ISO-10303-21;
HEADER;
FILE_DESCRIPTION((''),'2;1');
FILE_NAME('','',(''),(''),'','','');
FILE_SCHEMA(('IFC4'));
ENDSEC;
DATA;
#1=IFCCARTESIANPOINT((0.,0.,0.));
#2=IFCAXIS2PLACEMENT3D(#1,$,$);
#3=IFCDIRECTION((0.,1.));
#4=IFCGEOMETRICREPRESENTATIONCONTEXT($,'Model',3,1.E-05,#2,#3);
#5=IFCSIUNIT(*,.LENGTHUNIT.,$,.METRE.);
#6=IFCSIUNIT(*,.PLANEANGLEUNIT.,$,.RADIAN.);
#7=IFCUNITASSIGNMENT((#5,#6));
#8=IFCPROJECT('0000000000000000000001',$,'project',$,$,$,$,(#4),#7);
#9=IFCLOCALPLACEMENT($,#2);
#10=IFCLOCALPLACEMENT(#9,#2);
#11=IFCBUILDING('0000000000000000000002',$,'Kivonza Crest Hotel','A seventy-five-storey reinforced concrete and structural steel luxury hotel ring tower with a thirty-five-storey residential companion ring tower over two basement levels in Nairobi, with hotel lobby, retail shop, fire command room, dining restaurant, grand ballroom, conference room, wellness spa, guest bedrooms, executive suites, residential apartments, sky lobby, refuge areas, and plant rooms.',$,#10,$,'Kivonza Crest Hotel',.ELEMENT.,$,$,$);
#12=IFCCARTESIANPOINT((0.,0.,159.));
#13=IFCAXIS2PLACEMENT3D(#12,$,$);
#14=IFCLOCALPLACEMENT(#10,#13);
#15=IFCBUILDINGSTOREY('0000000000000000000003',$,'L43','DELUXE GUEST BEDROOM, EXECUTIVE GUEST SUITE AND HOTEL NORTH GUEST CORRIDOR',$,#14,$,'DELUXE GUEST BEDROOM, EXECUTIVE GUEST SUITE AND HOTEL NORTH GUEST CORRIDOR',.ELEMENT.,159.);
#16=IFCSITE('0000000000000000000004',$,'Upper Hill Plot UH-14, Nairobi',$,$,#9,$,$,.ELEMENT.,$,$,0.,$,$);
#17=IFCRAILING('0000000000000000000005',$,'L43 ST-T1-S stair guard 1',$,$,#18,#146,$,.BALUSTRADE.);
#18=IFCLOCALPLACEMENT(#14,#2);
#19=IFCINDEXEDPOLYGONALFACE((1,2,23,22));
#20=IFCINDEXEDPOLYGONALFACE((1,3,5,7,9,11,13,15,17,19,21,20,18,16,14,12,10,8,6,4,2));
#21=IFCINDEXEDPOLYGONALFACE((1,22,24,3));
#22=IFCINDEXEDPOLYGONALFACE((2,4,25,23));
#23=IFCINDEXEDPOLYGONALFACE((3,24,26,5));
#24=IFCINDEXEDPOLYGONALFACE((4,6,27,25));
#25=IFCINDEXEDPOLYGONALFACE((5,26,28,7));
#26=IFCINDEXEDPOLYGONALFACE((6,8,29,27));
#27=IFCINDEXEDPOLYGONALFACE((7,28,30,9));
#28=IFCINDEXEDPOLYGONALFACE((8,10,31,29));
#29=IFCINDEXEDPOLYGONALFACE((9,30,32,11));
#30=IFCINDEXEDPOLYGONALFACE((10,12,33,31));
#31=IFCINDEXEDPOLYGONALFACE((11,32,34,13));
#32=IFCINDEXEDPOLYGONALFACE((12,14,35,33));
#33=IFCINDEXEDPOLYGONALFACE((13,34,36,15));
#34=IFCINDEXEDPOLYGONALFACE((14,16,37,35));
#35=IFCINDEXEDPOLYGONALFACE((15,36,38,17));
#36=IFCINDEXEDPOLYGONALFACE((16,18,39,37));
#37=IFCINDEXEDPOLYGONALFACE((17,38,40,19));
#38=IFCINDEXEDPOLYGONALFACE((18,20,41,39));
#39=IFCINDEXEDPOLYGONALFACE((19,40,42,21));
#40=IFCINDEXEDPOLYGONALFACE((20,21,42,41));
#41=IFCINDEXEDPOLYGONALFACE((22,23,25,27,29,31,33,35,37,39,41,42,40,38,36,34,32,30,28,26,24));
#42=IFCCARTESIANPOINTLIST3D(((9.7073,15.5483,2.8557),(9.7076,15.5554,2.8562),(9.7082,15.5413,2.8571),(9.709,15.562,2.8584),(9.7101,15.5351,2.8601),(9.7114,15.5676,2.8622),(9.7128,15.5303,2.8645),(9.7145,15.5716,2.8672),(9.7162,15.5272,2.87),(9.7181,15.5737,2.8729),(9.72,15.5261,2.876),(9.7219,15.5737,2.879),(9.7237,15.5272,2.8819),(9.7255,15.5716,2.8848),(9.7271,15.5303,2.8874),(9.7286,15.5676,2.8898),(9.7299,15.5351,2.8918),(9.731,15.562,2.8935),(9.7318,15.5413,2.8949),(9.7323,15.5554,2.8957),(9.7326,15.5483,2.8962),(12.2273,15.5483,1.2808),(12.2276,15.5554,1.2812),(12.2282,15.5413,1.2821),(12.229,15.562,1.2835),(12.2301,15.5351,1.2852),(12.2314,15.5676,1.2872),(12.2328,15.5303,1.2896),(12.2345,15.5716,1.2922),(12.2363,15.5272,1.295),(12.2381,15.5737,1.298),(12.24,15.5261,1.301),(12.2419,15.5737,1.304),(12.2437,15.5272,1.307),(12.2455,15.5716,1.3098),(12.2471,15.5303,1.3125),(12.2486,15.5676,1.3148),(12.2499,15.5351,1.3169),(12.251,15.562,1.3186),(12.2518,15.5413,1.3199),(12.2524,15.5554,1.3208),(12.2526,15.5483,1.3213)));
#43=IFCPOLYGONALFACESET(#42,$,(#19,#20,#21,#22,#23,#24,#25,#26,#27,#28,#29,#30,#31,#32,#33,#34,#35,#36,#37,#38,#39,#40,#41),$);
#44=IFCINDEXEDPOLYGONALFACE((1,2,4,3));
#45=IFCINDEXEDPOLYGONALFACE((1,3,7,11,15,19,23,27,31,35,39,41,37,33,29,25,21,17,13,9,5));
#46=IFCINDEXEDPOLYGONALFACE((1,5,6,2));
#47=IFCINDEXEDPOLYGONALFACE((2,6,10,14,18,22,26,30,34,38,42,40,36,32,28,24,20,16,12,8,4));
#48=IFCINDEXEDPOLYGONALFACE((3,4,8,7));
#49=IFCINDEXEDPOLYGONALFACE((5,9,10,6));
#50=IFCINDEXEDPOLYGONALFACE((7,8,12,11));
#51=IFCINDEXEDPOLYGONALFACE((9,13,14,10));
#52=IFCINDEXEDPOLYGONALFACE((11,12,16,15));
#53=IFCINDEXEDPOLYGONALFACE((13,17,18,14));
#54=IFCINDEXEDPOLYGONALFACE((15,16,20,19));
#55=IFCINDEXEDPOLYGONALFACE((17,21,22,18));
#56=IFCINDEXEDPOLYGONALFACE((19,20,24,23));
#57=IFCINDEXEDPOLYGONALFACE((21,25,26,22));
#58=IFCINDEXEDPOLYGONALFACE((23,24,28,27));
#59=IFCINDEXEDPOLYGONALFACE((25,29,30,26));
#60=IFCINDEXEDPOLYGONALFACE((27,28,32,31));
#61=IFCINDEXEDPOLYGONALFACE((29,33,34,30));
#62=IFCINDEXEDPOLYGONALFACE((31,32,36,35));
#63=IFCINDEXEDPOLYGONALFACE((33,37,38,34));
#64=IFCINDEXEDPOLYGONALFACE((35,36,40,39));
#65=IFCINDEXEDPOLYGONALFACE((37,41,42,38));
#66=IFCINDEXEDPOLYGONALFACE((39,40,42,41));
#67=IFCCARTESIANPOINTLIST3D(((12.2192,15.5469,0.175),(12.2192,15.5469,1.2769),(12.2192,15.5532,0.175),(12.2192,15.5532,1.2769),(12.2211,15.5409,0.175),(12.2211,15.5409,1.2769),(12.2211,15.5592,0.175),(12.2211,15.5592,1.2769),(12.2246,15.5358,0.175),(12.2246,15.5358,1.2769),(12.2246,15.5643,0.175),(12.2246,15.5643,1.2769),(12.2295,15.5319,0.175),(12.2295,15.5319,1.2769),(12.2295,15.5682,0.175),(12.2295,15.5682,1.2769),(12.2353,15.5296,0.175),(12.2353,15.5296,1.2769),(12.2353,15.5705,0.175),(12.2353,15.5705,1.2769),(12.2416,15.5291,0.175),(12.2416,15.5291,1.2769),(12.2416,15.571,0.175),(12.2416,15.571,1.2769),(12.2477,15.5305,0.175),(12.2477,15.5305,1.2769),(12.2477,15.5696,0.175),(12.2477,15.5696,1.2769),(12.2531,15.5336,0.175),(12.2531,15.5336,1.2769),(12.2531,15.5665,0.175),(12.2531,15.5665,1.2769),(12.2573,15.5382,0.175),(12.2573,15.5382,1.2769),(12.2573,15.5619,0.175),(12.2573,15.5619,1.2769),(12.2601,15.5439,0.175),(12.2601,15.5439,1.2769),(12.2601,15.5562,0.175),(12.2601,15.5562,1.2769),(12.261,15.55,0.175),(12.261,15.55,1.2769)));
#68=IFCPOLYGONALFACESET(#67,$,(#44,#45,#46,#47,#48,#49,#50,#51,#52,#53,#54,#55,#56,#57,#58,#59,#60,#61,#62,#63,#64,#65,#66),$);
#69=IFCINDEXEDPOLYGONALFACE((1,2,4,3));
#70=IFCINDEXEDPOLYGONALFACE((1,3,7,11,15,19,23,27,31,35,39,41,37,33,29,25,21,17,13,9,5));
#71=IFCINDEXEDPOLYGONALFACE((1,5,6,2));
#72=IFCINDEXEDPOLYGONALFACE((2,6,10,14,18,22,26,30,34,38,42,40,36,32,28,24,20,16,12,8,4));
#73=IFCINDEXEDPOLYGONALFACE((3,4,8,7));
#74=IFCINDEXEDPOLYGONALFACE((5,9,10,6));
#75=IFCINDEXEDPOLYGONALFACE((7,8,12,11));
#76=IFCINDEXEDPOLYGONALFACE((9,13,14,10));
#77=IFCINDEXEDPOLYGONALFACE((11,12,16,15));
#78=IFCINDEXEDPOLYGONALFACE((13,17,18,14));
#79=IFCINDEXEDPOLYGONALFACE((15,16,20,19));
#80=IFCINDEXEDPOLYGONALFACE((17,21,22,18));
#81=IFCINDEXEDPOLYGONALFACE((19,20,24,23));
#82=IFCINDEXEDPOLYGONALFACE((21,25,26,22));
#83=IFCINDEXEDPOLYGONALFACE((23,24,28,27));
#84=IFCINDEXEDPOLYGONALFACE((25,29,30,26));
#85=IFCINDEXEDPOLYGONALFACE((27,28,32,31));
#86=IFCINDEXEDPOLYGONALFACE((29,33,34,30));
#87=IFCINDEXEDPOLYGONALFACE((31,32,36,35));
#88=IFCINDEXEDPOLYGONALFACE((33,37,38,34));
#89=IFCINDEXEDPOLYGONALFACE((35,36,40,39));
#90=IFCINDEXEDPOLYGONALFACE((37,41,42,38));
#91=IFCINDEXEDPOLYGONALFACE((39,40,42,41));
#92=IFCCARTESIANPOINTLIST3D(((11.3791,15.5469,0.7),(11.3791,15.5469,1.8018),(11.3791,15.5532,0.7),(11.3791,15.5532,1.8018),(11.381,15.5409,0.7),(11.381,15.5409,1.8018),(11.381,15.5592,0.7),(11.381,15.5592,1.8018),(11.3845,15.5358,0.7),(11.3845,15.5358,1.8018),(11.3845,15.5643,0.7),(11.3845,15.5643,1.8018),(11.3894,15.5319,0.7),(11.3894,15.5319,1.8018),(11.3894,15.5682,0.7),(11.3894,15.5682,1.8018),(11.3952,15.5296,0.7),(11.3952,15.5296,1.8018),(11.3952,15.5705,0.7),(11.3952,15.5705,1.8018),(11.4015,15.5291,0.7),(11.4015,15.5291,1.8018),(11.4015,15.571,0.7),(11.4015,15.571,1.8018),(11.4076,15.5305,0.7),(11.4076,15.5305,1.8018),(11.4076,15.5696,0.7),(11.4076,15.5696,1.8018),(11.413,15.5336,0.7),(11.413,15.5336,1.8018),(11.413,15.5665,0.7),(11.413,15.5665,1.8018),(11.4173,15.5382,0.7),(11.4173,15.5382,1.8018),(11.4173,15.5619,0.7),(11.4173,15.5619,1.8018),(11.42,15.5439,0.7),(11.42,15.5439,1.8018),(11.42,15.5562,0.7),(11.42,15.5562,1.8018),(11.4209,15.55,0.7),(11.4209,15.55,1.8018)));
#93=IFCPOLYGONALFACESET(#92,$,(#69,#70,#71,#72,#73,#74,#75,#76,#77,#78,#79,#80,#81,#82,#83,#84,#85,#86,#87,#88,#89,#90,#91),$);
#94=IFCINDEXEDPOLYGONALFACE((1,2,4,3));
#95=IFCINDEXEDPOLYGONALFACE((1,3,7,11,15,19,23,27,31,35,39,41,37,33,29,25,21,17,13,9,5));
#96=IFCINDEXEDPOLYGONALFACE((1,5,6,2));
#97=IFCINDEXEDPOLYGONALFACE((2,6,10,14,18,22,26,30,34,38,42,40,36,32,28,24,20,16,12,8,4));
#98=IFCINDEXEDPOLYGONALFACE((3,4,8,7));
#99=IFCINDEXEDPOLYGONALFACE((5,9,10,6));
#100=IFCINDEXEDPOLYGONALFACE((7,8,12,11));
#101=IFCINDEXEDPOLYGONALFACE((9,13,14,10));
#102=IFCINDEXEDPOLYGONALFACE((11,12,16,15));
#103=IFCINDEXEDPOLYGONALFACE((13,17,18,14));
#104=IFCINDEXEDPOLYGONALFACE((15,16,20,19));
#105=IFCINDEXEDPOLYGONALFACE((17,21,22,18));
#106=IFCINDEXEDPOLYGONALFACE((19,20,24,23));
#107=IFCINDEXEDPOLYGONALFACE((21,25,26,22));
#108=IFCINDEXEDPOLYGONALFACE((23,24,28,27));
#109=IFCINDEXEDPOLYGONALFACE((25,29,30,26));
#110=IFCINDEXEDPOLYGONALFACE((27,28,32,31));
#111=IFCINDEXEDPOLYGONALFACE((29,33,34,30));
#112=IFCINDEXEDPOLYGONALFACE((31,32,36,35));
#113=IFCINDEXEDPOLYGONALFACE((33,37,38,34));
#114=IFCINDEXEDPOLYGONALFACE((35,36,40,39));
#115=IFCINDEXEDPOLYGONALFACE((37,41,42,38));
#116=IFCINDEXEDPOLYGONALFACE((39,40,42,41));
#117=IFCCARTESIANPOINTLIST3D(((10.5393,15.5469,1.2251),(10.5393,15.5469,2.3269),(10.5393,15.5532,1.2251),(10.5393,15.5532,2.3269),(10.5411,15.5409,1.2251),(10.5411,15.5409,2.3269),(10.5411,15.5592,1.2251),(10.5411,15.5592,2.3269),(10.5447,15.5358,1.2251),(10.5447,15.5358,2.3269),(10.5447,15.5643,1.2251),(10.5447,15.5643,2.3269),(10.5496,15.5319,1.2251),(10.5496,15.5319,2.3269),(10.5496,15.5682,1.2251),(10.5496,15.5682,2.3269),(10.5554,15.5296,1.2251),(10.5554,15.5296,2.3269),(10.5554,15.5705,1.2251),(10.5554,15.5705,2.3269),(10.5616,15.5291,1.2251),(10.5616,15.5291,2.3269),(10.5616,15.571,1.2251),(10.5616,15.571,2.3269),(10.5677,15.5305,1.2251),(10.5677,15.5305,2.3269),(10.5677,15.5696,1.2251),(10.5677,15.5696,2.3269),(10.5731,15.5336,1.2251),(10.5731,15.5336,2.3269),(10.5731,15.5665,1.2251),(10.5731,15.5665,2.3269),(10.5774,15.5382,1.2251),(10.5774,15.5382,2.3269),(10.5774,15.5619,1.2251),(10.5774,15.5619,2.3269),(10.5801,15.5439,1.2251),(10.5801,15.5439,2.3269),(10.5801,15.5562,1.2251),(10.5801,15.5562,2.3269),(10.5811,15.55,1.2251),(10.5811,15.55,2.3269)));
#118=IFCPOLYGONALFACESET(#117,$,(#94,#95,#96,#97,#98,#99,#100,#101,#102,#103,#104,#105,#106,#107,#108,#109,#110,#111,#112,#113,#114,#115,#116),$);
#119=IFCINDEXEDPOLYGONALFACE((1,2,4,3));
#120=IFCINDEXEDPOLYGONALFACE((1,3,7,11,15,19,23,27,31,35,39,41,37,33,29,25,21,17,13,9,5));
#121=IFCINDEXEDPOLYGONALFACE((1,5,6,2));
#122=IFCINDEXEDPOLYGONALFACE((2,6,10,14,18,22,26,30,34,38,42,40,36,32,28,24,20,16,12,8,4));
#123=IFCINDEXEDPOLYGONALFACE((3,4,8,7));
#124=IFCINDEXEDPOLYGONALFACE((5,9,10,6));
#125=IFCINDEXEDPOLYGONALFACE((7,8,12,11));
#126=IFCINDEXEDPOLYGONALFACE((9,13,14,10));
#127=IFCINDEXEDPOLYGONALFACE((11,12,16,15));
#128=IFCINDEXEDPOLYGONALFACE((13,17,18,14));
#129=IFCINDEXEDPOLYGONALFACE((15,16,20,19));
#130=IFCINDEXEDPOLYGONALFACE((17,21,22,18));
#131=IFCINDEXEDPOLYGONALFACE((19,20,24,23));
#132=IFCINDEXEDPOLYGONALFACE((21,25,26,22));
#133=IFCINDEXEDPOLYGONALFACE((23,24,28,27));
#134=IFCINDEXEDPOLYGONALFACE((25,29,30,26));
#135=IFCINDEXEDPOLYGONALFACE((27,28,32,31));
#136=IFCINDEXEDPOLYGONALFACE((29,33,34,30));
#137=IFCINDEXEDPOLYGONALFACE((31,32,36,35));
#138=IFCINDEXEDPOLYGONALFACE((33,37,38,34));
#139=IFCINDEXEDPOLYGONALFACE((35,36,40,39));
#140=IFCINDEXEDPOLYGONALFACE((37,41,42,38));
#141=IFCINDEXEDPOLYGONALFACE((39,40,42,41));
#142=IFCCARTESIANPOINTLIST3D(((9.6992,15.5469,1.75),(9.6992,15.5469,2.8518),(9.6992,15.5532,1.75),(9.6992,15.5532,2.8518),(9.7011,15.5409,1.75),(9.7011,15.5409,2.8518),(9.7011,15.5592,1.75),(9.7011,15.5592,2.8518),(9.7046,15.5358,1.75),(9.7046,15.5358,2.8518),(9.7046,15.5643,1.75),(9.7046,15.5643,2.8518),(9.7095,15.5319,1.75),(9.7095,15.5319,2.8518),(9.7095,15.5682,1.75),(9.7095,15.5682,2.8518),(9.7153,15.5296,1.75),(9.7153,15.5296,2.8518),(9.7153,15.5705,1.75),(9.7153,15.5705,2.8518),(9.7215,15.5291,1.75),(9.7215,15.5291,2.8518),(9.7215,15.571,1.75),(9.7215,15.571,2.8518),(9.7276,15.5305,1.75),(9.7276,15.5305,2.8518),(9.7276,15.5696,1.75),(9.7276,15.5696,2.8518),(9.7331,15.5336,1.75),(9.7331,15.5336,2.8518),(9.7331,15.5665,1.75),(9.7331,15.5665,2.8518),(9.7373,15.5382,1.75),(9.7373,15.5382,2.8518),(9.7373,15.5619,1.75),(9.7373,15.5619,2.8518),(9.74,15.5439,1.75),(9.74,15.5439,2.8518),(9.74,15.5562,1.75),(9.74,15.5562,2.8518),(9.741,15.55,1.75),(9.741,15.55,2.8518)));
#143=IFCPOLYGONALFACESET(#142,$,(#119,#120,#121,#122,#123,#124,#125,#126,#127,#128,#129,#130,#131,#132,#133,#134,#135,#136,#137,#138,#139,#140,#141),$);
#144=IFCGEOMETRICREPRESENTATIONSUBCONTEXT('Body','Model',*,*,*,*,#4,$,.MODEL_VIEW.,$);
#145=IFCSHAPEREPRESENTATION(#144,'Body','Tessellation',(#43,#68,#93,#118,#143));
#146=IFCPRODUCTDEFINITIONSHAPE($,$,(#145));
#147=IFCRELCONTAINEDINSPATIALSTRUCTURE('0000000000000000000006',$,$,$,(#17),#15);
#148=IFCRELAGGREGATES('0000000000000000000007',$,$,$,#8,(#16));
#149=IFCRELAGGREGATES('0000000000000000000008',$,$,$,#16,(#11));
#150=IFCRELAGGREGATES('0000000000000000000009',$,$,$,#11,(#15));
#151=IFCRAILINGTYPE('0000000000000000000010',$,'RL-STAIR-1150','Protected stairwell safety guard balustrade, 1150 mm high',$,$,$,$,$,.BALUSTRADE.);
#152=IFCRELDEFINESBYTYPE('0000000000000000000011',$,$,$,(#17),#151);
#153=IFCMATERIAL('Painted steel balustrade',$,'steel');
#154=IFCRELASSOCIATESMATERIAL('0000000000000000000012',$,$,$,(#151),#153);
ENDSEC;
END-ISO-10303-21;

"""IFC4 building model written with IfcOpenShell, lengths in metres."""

from ifc_helpers import new_model, si_unit, direction, frame, origin, origin_2d, place, context, subcontext, project, spatial, circle, extrude, material, type_object, element, save


model = new_model("IFC4")

# Units and contexts
model_context = context("Model", 3, precision=1e-05, world=origin(), true_north=direction((0.0, 1.0)))
body_context = subcontext(model_context, "Body", "Model", "MODEL_VIEW")
ifc_project = project(units=[si_unit("LENGTHUNIT", "METRE"), si_unit("PLANEANGLEUNIT", "RADIAN")], contexts=[model_context])

# Site, building, storey
site_placement = place(None, origin())
site = spatial("IfcSite", under=ifc_project, at=site_placement, Name="Upper Hill Plot UH-14, Nairobi", CompositionType="ELEMENT", RefElevation=0.0)
building_placement = place(site_placement, origin())
building = spatial("IfcBuilding", under=site, at=building_placement, Name="Kivonza Crest Hotel", Description="A seventy-five-storey reinforced concrete and structural steel luxury hotel ring tower with a thirty-five-storey residential companion ring tower over two basement levels in Nairobi, with hotel lobby, retail shop, fire command room, dining restaurant, grand ballroom, conference room, wellness spa, guest bedrooms, executive suites, residential apartments, sky lobby, refuge areas, and plant rooms.", LongName="Kivonza Crest Hotel", CompositionType="ELEMENT")
storey_placement = place(building_placement, frame((0.0, 0.0, 159.0)))
storey = spatial("IfcBuildingStorey", under=building, at=storey_placement, Name="L43", Description="DELUXE GUEST BEDROOM, EXECUTIVE GUEST SUITE AND HOTEL NORTH GUEST CORRIDOR", LongName="DELUXE GUEST BEDROOM, EXECUTIVE GUEST SUITE AND HOTEL NORTH GUEST CORRIDOR", CompositionType="ELEMENT", Elevation=159.0)

# Railing
ifc_material_1 = material(Name="Painted steel balustrade", Category="steel")
railing_type_1 = type_object("IfcRailingType", Name="RL-STAIR-1150", Description="Protected stairwell safety guard balustrade, 1150 mm high", PredefinedType="BALUSTRADE", material=ifc_material_1)
railing_1_placement = place(storey_placement, frame((12.24, 15.55, 0.175)))
element("IfcRailing", 1, at=railing_1_placement, inside=storey, type_object=railing_type_1, Name="L43 ST-T1-S stair guard 1", PredefinedType="BALUSTRADE", context=body_context, shape_type="SweptSolid", body=[
    extrude(circle(Radius=0.0239, at=origin_2d()), frame((0.0, 0.0, 1.126), z_axis=(-0.848008, 0.0, 0.529984), x_axis=(0.0, -1.0, 0.0)), (0.0, 0.0, 1.0), 2.9717),
    extrude(circle(Radius=0.021, at=origin_2d()), origin(), (0.0, 0.0, 1.0), 1.1018),
    extrude(circle(Radius=0.021, at=origin_2d()), frame((-0.8401, 0.0, 0.5249)), (0.0, 0.0, 1.0), 1.1018),
    extrude(circle(Radius=0.021, at=origin_2d()), frame((-1.6799, 0.0, 1.05)), (0.0, 0.0, 1.0), 1.1018),
    extrude(circle(Radius=0.021, at=origin_2d()), frame((-2.52, 0.0, 1.575)), (0.0, 0.0, 1.0), 1.1018),
])

save(model, "model.ifc")
